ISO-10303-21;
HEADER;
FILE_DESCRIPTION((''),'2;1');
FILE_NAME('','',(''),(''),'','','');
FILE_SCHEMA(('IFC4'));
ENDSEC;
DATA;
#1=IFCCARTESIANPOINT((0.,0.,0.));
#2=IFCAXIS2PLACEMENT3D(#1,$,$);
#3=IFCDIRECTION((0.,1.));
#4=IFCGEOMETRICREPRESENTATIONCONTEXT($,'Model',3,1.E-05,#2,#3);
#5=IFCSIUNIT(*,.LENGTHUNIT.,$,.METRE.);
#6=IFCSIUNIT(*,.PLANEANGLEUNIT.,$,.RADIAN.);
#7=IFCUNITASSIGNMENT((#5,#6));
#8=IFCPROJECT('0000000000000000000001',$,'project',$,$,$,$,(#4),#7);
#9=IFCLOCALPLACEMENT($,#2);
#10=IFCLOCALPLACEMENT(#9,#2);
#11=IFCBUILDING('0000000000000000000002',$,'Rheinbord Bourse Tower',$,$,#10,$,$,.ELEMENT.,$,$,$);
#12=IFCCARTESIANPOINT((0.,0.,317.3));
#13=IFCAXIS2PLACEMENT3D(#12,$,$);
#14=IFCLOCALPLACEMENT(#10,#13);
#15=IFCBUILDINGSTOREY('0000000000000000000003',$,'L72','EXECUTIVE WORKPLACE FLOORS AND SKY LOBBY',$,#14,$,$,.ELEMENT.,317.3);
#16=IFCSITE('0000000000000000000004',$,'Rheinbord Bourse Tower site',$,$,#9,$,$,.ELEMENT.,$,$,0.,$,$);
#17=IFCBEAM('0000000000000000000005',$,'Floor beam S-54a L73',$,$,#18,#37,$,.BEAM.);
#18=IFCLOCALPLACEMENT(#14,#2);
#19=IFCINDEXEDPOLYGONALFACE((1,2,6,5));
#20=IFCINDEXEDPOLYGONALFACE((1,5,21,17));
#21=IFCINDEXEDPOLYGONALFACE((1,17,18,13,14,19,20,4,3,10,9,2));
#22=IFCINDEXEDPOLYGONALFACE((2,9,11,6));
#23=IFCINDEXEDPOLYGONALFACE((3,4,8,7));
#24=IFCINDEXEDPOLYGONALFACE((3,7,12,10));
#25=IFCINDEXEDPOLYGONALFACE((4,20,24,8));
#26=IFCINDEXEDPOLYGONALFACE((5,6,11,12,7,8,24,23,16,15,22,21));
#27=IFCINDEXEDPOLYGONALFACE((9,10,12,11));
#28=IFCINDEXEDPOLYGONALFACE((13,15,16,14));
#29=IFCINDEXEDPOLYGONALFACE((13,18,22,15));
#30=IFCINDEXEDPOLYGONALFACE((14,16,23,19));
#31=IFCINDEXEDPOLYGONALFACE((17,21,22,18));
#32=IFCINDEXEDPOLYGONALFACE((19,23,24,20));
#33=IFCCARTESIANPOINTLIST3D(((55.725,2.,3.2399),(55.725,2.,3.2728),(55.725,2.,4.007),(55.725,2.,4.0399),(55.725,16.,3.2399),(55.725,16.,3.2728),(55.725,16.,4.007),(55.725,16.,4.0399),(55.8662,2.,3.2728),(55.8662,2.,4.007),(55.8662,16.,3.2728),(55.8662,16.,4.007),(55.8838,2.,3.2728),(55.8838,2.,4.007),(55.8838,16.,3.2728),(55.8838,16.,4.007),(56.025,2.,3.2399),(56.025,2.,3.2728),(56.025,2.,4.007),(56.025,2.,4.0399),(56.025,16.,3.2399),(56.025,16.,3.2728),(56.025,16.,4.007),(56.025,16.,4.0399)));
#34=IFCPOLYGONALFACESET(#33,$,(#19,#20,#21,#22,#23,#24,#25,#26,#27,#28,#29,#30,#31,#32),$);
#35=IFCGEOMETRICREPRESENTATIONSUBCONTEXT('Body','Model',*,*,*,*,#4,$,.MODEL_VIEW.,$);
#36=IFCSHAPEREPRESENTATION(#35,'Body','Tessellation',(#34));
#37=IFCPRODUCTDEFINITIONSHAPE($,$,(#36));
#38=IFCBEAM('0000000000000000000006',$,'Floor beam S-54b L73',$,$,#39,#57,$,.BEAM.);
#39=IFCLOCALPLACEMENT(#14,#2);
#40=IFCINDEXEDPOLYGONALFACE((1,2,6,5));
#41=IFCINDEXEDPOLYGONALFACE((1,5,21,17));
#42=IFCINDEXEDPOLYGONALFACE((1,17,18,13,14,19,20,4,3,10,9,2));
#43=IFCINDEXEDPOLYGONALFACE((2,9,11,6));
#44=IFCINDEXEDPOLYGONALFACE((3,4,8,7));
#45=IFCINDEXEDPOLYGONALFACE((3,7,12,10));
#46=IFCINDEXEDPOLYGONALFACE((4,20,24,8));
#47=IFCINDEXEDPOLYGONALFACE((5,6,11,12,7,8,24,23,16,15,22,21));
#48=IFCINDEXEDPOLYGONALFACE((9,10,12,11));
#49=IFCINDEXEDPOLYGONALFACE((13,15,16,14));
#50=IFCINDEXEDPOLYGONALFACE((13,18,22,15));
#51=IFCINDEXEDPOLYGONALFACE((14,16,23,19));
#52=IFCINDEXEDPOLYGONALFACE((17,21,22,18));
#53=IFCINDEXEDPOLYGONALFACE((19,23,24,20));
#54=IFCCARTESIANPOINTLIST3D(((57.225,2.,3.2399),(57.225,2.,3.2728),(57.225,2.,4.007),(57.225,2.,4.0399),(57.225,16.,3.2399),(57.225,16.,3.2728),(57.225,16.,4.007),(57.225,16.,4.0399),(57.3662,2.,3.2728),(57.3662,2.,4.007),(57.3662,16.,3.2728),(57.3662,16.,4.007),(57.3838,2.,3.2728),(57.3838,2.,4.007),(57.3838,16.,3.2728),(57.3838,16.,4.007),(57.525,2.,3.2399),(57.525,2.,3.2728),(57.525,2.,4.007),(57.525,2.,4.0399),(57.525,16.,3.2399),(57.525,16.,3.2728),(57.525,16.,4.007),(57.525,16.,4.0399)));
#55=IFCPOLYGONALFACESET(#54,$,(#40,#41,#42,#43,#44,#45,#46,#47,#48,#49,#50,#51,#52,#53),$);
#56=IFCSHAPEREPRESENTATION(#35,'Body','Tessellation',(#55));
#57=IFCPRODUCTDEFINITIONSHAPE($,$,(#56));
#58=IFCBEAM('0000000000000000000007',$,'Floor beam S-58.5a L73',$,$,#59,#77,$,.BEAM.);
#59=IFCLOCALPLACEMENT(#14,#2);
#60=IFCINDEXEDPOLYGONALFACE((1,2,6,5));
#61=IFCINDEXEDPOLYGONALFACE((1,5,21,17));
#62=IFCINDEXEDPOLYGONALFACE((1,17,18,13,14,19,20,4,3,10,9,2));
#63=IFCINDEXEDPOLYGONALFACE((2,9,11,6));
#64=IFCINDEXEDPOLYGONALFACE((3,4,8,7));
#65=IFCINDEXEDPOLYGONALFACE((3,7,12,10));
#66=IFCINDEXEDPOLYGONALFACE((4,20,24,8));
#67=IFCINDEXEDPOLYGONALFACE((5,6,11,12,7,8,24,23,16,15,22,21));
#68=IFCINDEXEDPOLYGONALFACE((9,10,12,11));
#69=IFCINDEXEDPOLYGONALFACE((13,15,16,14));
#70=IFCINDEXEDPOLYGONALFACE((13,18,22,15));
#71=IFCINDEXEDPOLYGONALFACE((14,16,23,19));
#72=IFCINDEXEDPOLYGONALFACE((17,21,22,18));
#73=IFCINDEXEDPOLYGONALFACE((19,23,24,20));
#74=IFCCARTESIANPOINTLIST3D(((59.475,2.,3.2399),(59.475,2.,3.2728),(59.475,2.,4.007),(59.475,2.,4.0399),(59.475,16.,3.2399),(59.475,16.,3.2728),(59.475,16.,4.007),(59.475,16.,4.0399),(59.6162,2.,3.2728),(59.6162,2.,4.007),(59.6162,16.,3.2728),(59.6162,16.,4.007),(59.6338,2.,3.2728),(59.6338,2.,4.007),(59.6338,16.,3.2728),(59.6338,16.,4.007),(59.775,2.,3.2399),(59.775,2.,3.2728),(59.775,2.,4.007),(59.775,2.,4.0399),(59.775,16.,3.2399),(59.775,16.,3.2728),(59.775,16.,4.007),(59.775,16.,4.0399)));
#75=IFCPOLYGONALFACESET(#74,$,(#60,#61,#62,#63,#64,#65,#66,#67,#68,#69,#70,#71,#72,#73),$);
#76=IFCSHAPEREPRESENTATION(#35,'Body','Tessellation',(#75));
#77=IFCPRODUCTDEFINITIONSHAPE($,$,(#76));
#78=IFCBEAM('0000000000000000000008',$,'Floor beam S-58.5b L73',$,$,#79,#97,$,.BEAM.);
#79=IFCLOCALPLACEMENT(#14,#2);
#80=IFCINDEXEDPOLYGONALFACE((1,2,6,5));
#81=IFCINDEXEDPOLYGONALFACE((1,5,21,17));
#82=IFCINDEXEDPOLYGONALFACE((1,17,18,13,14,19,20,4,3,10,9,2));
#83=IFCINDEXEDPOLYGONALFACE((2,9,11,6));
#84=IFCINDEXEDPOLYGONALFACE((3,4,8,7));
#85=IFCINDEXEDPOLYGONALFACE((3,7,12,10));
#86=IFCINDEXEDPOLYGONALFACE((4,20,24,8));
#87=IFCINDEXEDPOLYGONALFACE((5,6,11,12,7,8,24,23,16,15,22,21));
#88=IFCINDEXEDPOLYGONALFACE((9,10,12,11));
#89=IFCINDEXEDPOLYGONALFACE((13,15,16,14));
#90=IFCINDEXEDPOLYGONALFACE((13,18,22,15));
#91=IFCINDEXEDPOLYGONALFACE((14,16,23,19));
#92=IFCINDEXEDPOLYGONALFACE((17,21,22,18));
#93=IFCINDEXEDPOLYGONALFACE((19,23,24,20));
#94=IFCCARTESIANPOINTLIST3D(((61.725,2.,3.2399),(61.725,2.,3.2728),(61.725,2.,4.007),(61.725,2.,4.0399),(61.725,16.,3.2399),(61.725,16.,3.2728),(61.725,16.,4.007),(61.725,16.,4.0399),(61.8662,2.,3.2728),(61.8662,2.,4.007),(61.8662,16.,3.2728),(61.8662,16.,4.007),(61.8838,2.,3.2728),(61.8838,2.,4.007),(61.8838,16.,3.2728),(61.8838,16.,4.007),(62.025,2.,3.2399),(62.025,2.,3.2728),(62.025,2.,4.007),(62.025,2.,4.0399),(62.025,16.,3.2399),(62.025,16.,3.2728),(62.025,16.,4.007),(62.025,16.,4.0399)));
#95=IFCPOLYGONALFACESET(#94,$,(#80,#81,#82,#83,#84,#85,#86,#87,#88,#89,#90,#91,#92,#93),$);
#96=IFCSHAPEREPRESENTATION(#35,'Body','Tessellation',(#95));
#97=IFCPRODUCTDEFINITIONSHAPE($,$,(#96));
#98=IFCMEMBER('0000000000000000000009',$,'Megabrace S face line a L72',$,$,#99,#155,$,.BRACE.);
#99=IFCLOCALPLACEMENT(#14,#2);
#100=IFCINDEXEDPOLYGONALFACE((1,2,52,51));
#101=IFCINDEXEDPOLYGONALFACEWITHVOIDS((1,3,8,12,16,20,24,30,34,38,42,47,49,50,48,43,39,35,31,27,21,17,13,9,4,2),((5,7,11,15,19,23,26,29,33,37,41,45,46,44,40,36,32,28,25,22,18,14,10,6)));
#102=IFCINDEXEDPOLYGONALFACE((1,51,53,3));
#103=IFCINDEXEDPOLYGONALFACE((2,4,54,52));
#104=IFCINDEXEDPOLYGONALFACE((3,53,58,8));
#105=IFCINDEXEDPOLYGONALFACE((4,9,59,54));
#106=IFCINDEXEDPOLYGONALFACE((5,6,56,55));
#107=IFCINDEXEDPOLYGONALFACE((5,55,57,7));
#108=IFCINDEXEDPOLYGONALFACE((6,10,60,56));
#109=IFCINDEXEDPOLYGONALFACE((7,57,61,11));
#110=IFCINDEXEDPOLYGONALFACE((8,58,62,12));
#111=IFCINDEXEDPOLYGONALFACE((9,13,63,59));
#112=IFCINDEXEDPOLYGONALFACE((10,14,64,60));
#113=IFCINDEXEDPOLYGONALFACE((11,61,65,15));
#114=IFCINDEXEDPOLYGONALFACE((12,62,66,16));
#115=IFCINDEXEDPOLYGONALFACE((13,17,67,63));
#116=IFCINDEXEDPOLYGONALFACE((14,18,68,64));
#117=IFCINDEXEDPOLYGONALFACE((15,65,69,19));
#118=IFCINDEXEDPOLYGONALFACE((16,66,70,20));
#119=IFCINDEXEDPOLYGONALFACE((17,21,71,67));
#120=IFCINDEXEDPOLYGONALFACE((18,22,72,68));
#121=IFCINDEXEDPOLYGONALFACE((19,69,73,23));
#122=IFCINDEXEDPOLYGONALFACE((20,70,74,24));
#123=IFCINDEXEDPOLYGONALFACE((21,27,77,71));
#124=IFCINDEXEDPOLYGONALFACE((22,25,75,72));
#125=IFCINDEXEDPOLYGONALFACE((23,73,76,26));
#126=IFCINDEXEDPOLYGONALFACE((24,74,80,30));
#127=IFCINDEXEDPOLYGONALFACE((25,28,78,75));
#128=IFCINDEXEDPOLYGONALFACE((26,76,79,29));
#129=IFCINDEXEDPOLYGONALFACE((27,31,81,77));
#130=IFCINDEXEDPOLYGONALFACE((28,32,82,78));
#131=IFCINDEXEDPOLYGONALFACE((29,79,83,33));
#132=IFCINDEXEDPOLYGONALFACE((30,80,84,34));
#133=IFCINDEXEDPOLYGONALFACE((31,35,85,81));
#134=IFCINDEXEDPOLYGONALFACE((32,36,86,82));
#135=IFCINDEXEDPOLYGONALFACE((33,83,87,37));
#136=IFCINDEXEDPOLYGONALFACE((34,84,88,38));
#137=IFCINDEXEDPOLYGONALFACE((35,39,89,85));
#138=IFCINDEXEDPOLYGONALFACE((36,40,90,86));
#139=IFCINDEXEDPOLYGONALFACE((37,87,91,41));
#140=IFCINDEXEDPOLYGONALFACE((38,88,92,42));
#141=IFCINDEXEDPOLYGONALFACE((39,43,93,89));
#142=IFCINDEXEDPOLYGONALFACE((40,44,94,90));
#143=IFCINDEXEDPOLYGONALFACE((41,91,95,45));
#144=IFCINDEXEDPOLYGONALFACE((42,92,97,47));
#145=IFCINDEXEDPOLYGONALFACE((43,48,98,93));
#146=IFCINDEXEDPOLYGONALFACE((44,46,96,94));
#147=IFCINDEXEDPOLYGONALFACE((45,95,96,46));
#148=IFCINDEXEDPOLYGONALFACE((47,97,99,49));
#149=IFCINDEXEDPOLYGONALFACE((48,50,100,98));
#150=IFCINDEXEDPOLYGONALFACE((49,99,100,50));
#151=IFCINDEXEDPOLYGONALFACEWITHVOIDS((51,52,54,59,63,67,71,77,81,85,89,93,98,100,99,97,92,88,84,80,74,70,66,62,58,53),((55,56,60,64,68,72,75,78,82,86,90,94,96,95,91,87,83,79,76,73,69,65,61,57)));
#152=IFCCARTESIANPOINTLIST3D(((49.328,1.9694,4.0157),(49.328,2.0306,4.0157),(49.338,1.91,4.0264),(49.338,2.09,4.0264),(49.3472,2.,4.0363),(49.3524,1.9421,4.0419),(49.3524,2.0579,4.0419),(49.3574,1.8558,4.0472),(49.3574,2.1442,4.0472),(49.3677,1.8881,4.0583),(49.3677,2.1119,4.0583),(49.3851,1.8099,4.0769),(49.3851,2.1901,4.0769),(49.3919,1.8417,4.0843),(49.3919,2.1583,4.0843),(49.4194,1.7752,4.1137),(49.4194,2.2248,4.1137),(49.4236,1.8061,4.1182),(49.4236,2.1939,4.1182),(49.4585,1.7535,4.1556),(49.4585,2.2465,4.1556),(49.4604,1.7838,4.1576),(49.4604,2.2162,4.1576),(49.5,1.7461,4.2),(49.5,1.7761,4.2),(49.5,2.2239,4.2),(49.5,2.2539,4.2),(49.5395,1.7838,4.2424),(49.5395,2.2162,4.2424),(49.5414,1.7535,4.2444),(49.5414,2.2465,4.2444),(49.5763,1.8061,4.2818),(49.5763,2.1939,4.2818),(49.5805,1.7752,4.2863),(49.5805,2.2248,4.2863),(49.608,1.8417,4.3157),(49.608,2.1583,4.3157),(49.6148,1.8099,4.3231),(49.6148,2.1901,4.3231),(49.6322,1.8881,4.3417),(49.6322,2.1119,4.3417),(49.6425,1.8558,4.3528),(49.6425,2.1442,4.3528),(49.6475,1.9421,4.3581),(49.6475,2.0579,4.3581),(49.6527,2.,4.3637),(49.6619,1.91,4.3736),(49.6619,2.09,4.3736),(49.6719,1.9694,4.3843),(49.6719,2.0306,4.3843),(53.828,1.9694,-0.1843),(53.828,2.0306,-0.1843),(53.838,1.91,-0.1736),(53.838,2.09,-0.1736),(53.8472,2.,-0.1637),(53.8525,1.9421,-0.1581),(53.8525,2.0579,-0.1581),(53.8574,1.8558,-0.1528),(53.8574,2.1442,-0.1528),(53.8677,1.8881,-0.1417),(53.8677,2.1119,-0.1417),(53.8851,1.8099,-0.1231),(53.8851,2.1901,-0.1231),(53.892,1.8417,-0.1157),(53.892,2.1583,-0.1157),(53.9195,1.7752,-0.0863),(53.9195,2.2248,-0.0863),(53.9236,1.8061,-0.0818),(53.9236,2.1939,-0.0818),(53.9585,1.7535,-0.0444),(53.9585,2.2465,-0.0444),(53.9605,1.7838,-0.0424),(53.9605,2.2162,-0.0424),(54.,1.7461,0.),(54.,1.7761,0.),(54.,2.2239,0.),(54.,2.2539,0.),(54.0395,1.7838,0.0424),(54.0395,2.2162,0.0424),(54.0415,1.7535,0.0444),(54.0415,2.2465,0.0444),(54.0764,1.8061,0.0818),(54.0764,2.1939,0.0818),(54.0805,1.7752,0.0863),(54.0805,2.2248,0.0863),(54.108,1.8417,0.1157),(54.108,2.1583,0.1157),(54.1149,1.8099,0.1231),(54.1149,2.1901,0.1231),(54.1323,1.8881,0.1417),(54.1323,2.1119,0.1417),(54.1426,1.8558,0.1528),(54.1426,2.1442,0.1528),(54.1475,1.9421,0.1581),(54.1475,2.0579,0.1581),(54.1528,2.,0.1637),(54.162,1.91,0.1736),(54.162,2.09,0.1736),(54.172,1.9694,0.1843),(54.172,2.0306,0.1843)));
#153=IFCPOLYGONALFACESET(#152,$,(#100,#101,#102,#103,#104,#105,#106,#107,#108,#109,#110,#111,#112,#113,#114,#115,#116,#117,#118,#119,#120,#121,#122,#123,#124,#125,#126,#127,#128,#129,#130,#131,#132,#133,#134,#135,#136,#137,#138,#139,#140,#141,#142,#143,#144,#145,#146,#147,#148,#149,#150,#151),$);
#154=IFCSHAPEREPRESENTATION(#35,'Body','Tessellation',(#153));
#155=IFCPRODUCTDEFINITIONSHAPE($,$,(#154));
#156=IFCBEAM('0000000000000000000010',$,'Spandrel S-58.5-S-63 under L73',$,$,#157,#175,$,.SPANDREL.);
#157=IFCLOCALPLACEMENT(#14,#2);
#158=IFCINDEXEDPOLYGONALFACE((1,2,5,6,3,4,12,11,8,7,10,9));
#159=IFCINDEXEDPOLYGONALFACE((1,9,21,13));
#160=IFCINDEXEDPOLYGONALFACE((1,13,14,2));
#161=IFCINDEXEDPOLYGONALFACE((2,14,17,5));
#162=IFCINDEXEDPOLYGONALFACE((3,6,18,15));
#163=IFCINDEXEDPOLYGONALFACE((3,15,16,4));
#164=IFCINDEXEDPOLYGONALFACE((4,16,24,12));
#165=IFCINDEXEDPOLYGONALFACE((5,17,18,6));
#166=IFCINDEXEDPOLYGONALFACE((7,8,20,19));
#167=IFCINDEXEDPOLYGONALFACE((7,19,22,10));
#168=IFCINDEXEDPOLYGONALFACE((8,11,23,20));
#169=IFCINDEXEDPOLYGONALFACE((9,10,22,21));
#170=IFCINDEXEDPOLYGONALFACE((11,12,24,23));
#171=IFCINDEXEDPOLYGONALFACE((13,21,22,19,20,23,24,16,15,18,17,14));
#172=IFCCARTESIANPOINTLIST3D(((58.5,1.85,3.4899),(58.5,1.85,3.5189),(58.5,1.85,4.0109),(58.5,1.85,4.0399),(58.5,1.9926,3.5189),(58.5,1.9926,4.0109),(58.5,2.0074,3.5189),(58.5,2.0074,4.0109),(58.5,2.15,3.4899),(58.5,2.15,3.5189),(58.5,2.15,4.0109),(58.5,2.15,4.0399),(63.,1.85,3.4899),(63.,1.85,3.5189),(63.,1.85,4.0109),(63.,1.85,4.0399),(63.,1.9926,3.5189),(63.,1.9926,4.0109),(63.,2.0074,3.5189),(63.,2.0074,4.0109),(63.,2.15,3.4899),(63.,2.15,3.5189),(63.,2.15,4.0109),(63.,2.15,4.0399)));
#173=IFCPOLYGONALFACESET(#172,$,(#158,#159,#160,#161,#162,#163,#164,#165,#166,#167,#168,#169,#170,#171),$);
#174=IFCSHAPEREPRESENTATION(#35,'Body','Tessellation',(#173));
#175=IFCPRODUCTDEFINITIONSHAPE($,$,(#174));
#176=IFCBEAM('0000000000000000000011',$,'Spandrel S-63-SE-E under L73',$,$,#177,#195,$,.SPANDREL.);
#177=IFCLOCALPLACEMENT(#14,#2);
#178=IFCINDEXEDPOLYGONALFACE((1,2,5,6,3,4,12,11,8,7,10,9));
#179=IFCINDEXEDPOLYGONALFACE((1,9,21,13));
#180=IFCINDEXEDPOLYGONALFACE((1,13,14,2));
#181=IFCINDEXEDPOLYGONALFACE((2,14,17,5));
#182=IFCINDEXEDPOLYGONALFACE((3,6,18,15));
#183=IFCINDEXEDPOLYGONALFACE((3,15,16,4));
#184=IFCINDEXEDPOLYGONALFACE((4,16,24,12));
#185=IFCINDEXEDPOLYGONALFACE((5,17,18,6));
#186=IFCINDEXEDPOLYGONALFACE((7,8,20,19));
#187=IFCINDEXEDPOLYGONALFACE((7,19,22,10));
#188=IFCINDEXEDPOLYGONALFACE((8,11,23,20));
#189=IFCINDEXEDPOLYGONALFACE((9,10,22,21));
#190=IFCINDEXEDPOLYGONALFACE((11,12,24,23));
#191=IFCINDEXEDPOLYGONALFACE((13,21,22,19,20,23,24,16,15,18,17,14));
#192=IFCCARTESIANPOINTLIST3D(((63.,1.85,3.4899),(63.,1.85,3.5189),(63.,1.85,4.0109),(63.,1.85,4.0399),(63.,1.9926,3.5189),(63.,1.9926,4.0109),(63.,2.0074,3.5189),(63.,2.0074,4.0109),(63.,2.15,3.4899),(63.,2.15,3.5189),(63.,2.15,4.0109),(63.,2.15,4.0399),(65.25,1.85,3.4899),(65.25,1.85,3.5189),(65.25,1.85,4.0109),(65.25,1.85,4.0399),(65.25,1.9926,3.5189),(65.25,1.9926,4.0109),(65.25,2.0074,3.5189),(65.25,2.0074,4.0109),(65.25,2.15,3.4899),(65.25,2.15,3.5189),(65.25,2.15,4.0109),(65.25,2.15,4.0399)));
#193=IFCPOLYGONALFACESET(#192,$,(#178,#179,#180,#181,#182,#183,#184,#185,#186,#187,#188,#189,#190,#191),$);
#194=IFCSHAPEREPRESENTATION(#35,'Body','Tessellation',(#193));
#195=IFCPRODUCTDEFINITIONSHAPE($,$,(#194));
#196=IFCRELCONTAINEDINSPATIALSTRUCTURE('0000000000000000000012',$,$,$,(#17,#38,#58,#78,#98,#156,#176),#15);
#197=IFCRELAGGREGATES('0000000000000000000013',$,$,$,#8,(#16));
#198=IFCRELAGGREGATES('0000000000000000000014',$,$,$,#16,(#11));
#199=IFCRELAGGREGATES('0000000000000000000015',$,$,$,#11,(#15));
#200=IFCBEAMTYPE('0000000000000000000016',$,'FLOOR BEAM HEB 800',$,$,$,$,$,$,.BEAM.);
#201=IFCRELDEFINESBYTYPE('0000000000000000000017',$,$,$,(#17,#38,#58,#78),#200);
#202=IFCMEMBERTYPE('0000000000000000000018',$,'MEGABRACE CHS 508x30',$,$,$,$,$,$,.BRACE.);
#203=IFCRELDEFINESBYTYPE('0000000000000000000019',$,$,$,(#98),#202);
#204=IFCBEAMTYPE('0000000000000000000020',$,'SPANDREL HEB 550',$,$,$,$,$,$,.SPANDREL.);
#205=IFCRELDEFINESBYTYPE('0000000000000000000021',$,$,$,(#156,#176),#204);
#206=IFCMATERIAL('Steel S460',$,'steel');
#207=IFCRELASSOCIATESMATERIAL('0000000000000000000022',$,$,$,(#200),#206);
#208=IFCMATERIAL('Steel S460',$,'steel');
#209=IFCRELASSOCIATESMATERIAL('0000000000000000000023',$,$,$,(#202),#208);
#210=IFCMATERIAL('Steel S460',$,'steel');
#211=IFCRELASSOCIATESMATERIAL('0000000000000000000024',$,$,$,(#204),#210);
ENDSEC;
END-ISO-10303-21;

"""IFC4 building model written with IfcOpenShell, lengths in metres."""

from ifc_helpers import new_model, si_unit, direction, frame, origin, origin_2d, place, context, subcontext, project, spatial, hollow_circle, i_section, extrude, material, material_profile, profile_set, type_object, element, save


model = new_model("IFC4")

# Units and contexts
model_context = context("Model", 3, precision=1e-05, world=origin(), true_north=direction((0.0, 1.0)))
body_context = subcontext(model_context, "Body", "Model", "MODEL_VIEW")
ifc_project = project(units=[si_unit("LENGTHUNIT", "METRE"), si_unit("PLANEANGLEUNIT", "RADIAN")], contexts=[model_context])

# Site, building, storey
site_placement = place(None, origin())
site = spatial("IfcSite", under=ifc_project, at=site_placement, Name="Rheinbord Bourse Tower site", CompositionType="ELEMENT", RefElevation=0.0)
building_placement = place(site_placement, origin())
building = spatial("IfcBuilding", under=site, at=building_placement, Name="Rheinbord Bourse Tower", CompositionType="ELEMENT")
storey_placement = place(building_placement, frame((0.0, 0.0, 317.3)))
storey = spatial("IfcBuildingStorey", under=building, at=storey_placement, Name="L72", Description="EXECUTIVE WORKPLACE FLOORS AND SKY LOBBY", CompositionType="ELEMENT", Elevation=317.3)

# Beams
ifc_material_1 = material(Name="Steel S460", Category="steel")
ifc_material_profile_1 = material_profile(ifc_material_1, i_section(OverallWidth=0.3, OverallDepth=0.8, WebThickness=0.0176, FlangeThickness=0.033, at=origin_2d()), Name="HEB 800")
ifc_profile_set_1 = profile_set([ifc_material_profile_1], Name="Steel S460")
beam_type_1 = type_object("IfcBeamType", Name="FLOOR BEAM HEB 800", PredefinedType="BEAM", material=ifc_profile_set_1)
for number, where, z_axis, x_axis, name in (
    (1, (55.875, 2.0, 3.6399), (0.0, 1.0, 0.0), (-1.0, 0.0, 0.0), "Floor beam S-54a L73"),
    (2, (57.375, 2.0, 3.6399), (0.0, 1.0, 0.0), (-1.0, 0.0, 0.0), "Floor beam S-54b L73"),
    (3, (59.625, 2.0, 3.6399), (0.0, 1.0, 0.0), (-1.0, 0.0, 0.0), "Floor beam S-58.5a L73"),
    (4, (61.875, 2.0, 3.6399), (0.0, 1.0, 0.0), (-1.0, 0.0, 0.0), "Floor beam S-58.5b L73"),
):
    element("IfcBeam", number, at=place(storey_placement, frame(where, z_axis=z_axis, x_axis=x_axis)), inside=storey, type_object=beam_type_1, Name=name, PredefinedType="BEAM", context=body_context, shape_type="SweptSolid", body=[
        extrude(i_section(OverallWidth=0.3, OverallDepth=0.8, WebThickness=0.0176, FlangeThickness=0.033, at=origin_2d()), origin(), (0.0, 0.0, 1.0), 14.0),
    ])

# Member
ifc_material_2 = material(Name="Steel S460", Category="steel")
ifc_material_profile_2 = material_profile(ifc_material_2, hollow_circle(Radius=0.2539, WallThickness=0.03, at=origin_2d()), Name="CHS 508x30")
ifc_profile_set_2 = profile_set([ifc_material_profile_2], Name="Steel S460")
member_type_1 = type_object("IfcMemberType", Name="MEGABRACE CHS 508x30", PredefinedType="BRACE", material=ifc_profile_set_2)
member_1_placement = place(storey_placement, frame((54.0, 2.0, 0.0), z_axis=(-0.731059, 0.0, 0.682314), x_axis=(0.0, -1.0, 0.0)))
element("IfcMember", 5, at=member_1_placement, inside=storey, type_object=member_type_1, Name="Megabrace S face line a L72", PredefinedType="BRACE", context=body_context, shape_type="SweptSolid", body=[
    extrude(hollow_circle(Radius=0.2539, WallThickness=0.03, at=origin_2d()), origin(), (0.0, 0.0, 1.0), 6.1555),
])

# Beams
ifc_material_3 = material(Name="Steel S460", Category="steel")
ifc_material_profile_3 = material_profile(ifc_material_3, i_section(OverallWidth=0.3, OverallDepth=0.55, WebThickness=0.0149, FlangeThickness=0.0291, at=origin_2d()), Name="HEB 550")
ifc_profile_set_3 = profile_set([ifc_material_profile_3], Name="Steel S460")
beam_type_2 = type_object("IfcBeamType", Name="SPANDREL HEB 550", PredefinedType="SPANDREL", material=ifc_profile_set_3)
beam_1_placement = place(storey_placement, frame((58.5, 2.0, 3.7649), z_axis=(1.0, 0.0, 0.0), x_axis=(0.0, 1.0, 0.0)))
element("IfcBeam", 6, at=beam_1_placement, inside=storey, type_object=beam_type_2, Name="Spandrel S-58.5-S-63 under L73", PredefinedType="SPANDREL", context=body_context, shape_type="SweptSolid", body=[
    extrude(i_section(OverallWidth=0.3, OverallDepth=0.55, WebThickness=0.0149, FlangeThickness=0.0291, at=origin_2d()), origin(), (0.0, 0.0, 1.0), 4.5),
])
beam_2_placement = place(storey_placement, frame((63.0, 2.0, 3.7649), z_axis=(1.0, 0.0, 0.0), x_axis=(0.0, 1.0, 0.0)))
element("IfcBeam", 7, at=beam_2_placement, inside=storey, type_object=beam_type_2, Name="Spandrel S-63-SE-E under L73", PredefinedType="SPANDREL", context=body_context, shape_type="SweptSolid", body=[
    extrude(i_section(OverallWidth=0.3, OverallDepth=0.55, WebThickness=0.0149, FlangeThickness=0.0291, at=origin_2d()), origin(), (0.0, 0.0, 1.0), 2.25),
])

save(model, "model.ifc")
